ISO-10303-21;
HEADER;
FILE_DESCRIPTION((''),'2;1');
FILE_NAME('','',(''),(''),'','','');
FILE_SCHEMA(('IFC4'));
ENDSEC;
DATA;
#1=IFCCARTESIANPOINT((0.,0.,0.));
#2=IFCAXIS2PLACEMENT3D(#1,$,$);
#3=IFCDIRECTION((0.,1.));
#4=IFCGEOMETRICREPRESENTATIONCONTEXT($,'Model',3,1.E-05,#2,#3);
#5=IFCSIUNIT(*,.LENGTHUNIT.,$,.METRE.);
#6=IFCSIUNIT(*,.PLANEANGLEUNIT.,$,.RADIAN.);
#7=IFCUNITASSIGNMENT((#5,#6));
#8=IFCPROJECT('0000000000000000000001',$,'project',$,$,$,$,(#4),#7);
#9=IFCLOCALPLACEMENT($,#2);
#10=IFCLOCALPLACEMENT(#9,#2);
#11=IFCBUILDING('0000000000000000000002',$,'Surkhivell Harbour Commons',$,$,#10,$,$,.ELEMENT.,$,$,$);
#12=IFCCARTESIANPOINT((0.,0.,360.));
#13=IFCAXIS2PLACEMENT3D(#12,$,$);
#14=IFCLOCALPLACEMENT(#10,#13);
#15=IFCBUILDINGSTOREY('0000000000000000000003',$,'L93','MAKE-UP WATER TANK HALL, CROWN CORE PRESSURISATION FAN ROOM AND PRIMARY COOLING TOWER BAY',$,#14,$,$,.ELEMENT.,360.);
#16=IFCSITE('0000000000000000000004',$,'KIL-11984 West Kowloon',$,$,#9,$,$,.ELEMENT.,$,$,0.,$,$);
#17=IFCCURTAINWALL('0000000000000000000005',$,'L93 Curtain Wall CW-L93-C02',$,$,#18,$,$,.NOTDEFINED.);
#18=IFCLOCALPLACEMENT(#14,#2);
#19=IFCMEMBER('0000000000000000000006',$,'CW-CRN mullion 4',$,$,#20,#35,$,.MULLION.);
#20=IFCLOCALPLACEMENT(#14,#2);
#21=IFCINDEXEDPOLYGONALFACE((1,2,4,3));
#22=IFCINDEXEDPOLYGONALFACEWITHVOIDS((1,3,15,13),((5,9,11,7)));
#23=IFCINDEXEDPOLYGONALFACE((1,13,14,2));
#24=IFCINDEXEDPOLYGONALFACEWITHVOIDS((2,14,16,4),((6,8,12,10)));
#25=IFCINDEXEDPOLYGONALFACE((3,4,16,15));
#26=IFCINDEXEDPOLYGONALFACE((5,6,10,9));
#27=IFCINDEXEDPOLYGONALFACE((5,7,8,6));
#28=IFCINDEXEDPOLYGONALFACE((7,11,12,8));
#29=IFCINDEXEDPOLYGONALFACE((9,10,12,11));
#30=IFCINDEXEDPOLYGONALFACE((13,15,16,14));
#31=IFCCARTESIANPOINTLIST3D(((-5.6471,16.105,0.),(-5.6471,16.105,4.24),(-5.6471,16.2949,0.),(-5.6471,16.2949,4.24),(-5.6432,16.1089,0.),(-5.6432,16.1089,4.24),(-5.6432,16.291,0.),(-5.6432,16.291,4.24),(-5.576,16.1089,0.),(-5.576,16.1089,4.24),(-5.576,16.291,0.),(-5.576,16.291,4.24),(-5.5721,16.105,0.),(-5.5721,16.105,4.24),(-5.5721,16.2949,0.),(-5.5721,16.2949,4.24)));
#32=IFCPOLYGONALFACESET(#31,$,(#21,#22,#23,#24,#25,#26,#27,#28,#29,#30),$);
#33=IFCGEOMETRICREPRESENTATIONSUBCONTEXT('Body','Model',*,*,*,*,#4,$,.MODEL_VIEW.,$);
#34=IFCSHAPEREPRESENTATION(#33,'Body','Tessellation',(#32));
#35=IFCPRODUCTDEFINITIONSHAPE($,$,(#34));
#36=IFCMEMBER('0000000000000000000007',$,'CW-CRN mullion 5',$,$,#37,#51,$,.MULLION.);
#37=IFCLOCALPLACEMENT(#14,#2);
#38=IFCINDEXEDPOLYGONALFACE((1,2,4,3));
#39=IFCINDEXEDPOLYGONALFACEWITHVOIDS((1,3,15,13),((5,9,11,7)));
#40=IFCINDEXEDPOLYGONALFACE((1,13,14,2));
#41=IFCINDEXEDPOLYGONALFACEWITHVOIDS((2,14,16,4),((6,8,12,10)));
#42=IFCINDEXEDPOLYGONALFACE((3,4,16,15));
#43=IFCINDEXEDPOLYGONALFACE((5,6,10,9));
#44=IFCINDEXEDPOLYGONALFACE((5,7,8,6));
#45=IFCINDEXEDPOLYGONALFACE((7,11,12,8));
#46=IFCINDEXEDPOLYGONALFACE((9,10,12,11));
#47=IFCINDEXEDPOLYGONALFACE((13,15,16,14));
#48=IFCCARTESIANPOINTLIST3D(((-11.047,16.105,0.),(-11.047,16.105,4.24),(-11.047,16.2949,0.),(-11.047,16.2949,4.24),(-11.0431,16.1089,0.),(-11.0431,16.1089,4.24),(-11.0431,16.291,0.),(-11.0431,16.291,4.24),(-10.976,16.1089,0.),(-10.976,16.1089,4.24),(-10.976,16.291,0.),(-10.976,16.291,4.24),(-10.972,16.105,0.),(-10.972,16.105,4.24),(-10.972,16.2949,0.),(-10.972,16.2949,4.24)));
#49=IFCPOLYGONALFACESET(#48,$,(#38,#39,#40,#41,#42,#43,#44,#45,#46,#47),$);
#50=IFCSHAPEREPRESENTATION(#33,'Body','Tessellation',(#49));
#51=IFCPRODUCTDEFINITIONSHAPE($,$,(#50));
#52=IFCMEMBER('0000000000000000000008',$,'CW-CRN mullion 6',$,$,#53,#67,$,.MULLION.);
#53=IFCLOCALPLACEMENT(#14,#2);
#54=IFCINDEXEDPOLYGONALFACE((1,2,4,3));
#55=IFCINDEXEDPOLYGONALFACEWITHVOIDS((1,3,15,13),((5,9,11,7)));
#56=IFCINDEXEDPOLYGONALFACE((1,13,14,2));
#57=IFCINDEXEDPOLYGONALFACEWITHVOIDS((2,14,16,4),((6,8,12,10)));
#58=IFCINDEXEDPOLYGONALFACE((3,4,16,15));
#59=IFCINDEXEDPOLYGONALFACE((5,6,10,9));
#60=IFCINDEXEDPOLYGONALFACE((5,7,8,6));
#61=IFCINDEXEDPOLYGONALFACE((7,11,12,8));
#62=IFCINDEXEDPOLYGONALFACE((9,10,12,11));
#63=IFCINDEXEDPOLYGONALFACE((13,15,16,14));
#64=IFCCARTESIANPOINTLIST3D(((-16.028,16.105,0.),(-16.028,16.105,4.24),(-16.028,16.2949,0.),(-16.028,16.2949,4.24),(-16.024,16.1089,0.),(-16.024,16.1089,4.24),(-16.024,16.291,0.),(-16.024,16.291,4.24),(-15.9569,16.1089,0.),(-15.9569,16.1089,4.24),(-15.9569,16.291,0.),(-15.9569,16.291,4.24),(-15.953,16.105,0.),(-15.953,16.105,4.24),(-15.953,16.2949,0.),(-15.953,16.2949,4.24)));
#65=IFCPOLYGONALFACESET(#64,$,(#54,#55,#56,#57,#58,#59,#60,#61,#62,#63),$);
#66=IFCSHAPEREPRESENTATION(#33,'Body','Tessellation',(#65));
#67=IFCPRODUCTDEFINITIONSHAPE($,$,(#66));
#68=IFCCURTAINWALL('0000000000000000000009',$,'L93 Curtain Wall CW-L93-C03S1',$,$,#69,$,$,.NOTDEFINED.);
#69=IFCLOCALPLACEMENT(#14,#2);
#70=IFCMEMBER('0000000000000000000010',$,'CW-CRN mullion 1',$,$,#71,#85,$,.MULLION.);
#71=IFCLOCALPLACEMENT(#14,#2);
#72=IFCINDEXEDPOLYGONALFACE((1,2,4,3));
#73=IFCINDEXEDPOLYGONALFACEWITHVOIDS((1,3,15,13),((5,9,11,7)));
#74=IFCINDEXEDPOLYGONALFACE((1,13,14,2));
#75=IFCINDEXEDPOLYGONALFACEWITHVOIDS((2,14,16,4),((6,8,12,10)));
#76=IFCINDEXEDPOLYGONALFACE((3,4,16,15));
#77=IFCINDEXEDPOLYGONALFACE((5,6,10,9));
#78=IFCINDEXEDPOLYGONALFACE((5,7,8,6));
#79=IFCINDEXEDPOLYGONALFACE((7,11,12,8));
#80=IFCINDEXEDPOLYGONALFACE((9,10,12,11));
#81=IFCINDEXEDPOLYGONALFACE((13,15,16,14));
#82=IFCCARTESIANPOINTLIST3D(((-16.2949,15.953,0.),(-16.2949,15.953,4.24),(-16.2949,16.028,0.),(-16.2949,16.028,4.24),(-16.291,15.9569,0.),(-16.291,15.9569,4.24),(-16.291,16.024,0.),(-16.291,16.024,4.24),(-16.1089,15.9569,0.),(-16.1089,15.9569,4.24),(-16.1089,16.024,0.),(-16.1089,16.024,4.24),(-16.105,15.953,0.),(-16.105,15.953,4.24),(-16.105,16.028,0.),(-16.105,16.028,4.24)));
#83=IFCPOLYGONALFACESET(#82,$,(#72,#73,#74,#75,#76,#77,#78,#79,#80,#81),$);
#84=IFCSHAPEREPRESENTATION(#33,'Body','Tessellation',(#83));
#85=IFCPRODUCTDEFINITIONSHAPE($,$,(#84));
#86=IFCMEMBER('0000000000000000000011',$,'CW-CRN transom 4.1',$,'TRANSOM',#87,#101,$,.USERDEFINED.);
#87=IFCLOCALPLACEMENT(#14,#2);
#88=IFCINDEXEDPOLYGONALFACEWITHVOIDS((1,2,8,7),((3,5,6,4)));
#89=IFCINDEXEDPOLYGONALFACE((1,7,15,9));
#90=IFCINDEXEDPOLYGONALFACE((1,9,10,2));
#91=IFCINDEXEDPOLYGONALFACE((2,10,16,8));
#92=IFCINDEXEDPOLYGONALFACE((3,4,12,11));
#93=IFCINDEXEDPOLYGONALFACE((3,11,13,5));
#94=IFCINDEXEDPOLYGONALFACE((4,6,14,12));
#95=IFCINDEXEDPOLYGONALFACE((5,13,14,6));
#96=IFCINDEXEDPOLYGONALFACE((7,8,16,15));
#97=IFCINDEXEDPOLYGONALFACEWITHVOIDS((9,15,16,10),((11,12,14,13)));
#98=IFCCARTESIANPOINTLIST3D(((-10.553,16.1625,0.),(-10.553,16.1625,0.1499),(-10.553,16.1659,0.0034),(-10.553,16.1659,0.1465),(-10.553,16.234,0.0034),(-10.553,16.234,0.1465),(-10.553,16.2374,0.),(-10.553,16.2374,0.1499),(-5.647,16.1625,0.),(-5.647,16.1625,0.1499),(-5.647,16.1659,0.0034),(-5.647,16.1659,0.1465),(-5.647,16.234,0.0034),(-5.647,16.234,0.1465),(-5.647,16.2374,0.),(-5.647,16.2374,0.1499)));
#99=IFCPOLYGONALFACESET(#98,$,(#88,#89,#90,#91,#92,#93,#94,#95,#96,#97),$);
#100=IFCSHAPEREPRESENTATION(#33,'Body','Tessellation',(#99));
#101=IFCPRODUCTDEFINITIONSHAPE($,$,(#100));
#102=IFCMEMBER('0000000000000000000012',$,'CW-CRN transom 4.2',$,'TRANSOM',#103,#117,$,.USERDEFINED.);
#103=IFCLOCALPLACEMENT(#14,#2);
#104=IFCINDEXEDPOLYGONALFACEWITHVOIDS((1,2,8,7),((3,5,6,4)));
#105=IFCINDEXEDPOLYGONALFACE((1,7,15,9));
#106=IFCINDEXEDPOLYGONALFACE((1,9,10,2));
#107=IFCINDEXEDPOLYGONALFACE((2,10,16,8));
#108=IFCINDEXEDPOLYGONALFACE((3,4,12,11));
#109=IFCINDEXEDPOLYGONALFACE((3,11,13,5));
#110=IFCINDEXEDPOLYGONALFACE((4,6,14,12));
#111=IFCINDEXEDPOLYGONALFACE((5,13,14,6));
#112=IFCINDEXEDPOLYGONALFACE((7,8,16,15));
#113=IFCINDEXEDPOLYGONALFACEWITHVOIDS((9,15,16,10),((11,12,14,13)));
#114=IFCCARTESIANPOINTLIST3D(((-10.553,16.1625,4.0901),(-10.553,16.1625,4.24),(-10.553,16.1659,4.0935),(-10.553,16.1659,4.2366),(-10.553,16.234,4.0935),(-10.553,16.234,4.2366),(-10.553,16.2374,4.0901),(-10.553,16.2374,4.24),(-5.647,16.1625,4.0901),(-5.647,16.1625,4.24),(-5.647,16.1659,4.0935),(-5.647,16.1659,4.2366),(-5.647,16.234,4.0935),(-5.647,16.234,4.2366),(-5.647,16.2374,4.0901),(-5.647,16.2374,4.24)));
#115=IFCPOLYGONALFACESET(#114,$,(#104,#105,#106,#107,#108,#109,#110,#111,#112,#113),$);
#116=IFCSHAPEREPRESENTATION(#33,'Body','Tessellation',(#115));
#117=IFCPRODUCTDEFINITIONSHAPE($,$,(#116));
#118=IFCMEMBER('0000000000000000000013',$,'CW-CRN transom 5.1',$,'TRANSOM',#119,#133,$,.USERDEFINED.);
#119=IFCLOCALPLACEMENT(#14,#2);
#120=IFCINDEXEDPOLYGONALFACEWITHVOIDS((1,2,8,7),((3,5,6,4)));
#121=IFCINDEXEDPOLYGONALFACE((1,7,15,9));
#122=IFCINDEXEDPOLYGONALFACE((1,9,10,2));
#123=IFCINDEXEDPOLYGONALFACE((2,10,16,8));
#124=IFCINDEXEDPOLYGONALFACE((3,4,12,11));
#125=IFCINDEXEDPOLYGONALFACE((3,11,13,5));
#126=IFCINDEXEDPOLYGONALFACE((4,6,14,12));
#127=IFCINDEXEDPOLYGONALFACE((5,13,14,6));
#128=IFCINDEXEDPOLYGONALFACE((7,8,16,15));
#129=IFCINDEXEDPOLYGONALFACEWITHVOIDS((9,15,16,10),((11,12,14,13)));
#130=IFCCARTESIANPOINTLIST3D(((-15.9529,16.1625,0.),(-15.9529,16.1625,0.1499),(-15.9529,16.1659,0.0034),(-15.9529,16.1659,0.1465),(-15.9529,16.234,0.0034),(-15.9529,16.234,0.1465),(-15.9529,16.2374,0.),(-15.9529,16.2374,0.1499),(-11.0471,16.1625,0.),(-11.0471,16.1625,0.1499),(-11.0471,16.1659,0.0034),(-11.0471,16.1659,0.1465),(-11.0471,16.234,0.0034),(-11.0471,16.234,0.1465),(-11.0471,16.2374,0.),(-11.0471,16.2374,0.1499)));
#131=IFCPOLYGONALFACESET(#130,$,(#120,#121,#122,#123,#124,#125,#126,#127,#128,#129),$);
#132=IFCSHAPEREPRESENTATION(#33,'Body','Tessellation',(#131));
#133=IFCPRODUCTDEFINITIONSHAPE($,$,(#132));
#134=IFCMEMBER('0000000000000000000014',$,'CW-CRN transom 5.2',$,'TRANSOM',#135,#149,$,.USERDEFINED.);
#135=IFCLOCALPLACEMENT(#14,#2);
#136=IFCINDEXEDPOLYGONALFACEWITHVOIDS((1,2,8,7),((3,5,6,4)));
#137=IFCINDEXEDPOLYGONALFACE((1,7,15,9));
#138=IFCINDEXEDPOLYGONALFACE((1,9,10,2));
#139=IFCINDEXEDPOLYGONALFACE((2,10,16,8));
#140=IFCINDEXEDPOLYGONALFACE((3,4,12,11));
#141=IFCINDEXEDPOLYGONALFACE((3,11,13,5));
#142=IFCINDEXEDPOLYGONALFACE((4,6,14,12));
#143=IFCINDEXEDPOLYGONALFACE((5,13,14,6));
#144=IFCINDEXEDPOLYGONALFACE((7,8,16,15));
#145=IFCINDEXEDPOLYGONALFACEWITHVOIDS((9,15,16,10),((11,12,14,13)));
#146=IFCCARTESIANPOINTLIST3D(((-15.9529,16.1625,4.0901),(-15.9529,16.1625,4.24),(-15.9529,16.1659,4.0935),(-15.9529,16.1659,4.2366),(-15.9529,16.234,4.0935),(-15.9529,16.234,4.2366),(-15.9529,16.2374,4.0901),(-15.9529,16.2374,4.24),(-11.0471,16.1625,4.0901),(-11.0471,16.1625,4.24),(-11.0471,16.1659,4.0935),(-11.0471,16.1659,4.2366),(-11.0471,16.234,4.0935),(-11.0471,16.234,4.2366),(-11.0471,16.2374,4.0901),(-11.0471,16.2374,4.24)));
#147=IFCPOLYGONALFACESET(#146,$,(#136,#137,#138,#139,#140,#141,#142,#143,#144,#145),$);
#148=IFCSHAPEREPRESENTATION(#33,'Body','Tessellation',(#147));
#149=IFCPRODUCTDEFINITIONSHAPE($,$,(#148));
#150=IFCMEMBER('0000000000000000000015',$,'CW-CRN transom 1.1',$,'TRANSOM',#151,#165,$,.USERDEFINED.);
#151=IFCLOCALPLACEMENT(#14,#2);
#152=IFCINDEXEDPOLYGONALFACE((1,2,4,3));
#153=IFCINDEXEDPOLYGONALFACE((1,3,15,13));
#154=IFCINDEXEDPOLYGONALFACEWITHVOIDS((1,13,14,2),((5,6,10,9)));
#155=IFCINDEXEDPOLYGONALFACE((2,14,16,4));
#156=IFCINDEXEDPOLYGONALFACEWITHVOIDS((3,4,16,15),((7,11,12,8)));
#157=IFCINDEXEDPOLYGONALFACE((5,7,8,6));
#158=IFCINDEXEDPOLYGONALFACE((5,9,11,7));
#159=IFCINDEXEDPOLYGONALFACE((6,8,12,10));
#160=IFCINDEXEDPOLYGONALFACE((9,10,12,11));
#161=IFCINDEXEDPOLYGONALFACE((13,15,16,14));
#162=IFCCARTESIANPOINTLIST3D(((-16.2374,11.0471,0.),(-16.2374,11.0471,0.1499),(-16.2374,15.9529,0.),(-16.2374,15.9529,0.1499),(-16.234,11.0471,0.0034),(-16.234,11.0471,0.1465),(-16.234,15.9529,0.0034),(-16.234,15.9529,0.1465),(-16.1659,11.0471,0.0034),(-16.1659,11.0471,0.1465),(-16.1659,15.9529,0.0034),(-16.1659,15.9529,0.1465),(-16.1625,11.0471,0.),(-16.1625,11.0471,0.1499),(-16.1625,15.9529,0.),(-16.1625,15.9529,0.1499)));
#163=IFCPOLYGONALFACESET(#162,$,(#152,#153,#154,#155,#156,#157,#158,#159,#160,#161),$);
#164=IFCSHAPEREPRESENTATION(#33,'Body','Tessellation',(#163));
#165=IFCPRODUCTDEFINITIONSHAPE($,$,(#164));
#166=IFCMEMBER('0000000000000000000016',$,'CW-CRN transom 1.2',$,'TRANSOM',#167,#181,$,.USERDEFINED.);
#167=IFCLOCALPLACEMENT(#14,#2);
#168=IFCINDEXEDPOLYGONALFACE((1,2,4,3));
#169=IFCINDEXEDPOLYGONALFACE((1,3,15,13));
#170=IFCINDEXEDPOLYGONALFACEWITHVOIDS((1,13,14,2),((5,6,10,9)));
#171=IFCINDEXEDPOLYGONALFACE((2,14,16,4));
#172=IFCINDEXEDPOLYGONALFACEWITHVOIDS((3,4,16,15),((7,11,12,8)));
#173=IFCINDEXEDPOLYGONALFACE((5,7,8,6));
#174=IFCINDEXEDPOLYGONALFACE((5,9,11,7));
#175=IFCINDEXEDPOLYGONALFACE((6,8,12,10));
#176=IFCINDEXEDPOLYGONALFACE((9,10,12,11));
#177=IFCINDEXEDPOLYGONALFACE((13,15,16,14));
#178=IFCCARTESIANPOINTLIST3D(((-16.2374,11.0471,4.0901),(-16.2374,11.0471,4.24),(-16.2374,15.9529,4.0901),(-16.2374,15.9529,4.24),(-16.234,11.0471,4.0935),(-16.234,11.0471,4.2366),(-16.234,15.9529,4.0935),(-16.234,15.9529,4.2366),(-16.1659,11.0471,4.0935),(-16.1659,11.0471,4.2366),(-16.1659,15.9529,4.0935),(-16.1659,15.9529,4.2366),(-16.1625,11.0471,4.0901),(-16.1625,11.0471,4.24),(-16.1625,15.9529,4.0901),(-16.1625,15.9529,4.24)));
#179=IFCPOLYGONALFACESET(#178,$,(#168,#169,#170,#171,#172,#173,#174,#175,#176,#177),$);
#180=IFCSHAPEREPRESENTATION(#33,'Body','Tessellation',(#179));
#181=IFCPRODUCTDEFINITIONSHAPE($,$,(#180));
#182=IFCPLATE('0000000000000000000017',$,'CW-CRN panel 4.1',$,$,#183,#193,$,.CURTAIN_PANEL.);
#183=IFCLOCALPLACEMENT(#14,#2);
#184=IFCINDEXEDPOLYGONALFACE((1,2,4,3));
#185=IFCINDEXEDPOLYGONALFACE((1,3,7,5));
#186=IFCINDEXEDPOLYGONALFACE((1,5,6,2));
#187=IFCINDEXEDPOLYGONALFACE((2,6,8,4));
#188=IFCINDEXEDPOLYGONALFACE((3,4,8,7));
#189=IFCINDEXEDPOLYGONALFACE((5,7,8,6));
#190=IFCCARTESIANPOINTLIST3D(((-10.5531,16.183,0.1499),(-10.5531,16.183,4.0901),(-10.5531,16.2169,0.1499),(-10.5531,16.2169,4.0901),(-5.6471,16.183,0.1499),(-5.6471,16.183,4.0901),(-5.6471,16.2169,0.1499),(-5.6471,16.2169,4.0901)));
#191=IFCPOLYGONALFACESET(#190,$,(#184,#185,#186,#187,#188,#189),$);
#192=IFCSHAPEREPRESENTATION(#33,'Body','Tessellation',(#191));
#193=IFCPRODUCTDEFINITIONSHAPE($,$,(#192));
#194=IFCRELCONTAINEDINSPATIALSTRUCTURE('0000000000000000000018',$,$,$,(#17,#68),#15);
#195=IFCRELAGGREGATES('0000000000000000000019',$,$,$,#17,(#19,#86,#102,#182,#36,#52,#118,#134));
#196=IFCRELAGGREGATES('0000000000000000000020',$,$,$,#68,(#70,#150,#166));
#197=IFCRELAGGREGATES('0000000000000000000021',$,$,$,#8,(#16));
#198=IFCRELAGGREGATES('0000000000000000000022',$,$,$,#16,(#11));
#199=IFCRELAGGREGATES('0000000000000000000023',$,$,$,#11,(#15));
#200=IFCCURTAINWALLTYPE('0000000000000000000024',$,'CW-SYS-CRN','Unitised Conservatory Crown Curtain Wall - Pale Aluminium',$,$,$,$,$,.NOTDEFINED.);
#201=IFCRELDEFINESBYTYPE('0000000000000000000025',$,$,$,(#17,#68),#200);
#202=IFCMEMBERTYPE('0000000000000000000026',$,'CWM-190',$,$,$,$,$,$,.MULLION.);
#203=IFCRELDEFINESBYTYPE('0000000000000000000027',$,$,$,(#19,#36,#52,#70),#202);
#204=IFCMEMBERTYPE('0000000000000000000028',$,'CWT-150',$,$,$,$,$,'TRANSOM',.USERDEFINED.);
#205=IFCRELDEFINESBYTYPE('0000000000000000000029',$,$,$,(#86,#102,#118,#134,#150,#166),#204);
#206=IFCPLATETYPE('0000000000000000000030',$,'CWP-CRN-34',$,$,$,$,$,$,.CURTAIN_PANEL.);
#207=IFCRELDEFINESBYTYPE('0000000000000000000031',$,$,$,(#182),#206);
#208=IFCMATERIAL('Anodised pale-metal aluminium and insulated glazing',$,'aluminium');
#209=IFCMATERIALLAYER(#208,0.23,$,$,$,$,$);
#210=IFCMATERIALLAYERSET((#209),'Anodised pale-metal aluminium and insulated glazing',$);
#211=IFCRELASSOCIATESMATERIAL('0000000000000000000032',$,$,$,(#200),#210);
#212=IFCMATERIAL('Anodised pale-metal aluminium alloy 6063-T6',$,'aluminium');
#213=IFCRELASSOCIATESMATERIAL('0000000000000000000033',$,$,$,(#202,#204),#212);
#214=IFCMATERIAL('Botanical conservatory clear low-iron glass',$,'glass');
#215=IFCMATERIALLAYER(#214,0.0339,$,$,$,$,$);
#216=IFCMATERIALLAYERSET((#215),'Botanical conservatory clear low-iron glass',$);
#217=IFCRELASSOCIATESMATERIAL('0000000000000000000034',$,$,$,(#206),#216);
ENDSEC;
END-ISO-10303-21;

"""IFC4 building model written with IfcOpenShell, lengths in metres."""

from ifc_helpers import new_model, si_unit, direction, frame, frame_2d, origin, origin_2d, place, context, subcontext, project, spatial, rectangle, hollow_rectangle, extrude, material, layer, layer_set, material_profile, profile_set, type_object, element, aggregate, save


model = new_model("IFC4")

# Units and contexts
model_context = context("Model", 3, precision=1e-05, world=origin(), true_north=direction((0.0, 1.0)))
body_context = subcontext(model_context, "Body", "Model", "MODEL_VIEW")
ifc_project = project(units=[si_unit("LENGTHUNIT", "METRE"), si_unit("PLANEANGLEUNIT", "RADIAN")], contexts=[model_context])

# Site, building, storey
site_placement = place(None, origin())
site = spatial("IfcSite", under=ifc_project, at=site_placement, Name="KIL-11984 West Kowloon", CompositionType="ELEMENT", RefElevation=0.0)
building_placement = place(site_placement, origin())
building = spatial("IfcBuilding", under=site, at=building_placement, Name="Surkhivell Harbour Commons", CompositionType="ELEMENT")
storey_placement = place(building_placement, frame((0.0, 0.0, 360.0)))
storey = spatial("IfcBuildingStorey", under=building, at=storey_placement, Name="L93", Description="MAKE-UP WATER TANK HALL, CROWN CORE PRESSURISATION FAN ROOM AND PRIMARY COOLING TOWER BAY", CompositionType="ELEMENT", Elevation=360.0)

# Curtain wall, members
ifc_material_1 = material(Name="Anodised pale-metal aluminium and insulated glazing", Category="aluminium")
ifc_layer_1 = layer(ifc_material_1, 0.23)
ifc_layer_set_1 = layer_set([ifc_layer_1], Name="Anodised pale-metal aluminium and insulated glazing")
curtain_wall_type = type_object("IfcCurtainWallType", Name="CW-SYS-CRN", Description="Unitised Conservatory Crown Curtain Wall - Pale Aluminium", PredefinedType="NOTDEFINED", material=ifc_layer_set_1)
curtain_wall_1_placement = place(storey_placement, origin())
curtain_wall_1 = element("IfcCurtainWall", 1, at=curtain_wall_1_placement, inside=storey, type_object=curtain_wall_type, Name="L93 Curtain Wall CW-L93-C02", PredefinedType="NOTDEFINED")
ifc_material_2 = material(Name="Anodised pale-metal aluminium alloy 6063-T6", Category="aluminium")
ifc_material_profile_1 = material_profile(ifc_material_2, hollow_rectangle(XDim=0.075, YDim=0.1899, WallThickness=0.0039, at=origin_2d()), Name="ALU-MULL-75x190")
ifc_profile_set_1 = profile_set([ifc_material_profile_1], Name="Anodised pale-metal aluminium alloy 6063-T6")
member_type_1 = type_object("IfcMemberType", Name="CWM-190", PredefinedType="MULLION", material=ifc_profile_set_1)
member_1_placement = place(storey_placement, frame((-5.6096, 16.2, 0.0), z_axis=(0.0, 0.0, 1.0), x_axis=(-1.0, 0.0, 0.0)))
member_1 = element("IfcMember", 2, at=member_1_placement, type_object=member_type_1, Name="CW-CRN mullion 4", PredefinedType="MULLION", context=body_context, shape_type="SweptSolid", body=[
    extrude(hollow_rectangle(XDim=0.075, YDim=0.1899, WallThickness=0.0039, at=origin_2d()), origin(), (0.0, 0.0, 1.0), 4.24),
])
member_2_placement = place(storey_placement, frame((-11.0095, 16.2, 0.0), z_axis=(0.0, 0.0, 1.0), x_axis=(-1.0, 0.0, 0.0)))
member_2 = element("IfcMember", 3, at=member_2_placement, type_object=member_type_1, Name="CW-CRN mullion 5", PredefinedType="MULLION", context=body_context, shape_type="SweptSolid", body=[
    extrude(hollow_rectangle(XDim=0.075, YDim=0.1899, WallThickness=0.0039, at=origin_2d()), origin(), (0.0, 0.0, 1.0), 4.24),
])
member_3_placement = place(storey_placement, frame((-15.9905, 16.2, 0.0), z_axis=(0.0, 0.0, 1.0), x_axis=(-1.0, 0.0, 0.0)))
member_3 = element("IfcMember", 4, at=member_3_placement, type_object=member_type_1, Name="CW-CRN mullion 6", PredefinedType="MULLION", context=body_context, shape_type="SweptSolid", body=[
    extrude(hollow_rectangle(XDim=0.075, YDim=0.1899, WallThickness=0.0039, at=origin_2d()), origin(), (0.0, 0.0, 1.0), 4.24),
])

# Curtain wall, member
curtain_wall_2_placement = place(storey_placement, origin())
curtain_wall_2 = element("IfcCurtainWall", 5, at=curtain_wall_2_placement, inside=storey, type_object=curtain_wall_type, Name="L93 Curtain Wall CW-L93-C03S1", PredefinedType="NOTDEFINED")
member_4_placement = place(storey_placement, frame((-16.2, 15.9905, 0.0), z_axis=(0.0, 0.0, 1.0), x_axis=(0.0, -1.0, 0.0)))
member_4 = element("IfcMember", 6, at=member_4_placement, type_object=member_type_1, Name="CW-CRN mullion 1", PredefinedType="MULLION", context=body_context, shape_type="SweptSolid", body=[
    extrude(hollow_rectangle(XDim=0.075, YDim=0.1899, WallThickness=0.0039, at=origin_2d()), origin(), (0.0, 0.0, 1.0), 4.24),
])

# Members
ifc_material_profile_2 = material_profile(ifc_material_2, hollow_rectangle(XDim=0.075, YDim=0.1499, WallThickness=0.0034, at=origin_2d()), Name="ALU-TRAN-75x150")
ifc_profile_set_2 = profile_set([ifc_material_profile_2], Name="Anodised pale-metal aluminium alloy 6063-T6")
member_type_2 = type_object("IfcMemberType", Name="CWT-150", ElementType="TRANSOM", PredefinedType="USERDEFINED", material=ifc_profile_set_2)
member_5_placement = place(storey_placement, frame((-5.647, 16.2, 0.075), z_axis=(-1.0, 0.0, 0.0), x_axis=(0.0, -1.0, 0.0)))
member_5 = element("IfcMember", 7, at=member_5_placement, type_object=member_type_2, Name="CW-CRN transom 4.1", ObjectType="TRANSOM", PredefinedType="USERDEFINED", context=body_context, shape_type="SweptSolid", body=[
    extrude(hollow_rectangle(XDim=0.075, YDim=0.1499, WallThickness=0.0034, at=origin_2d()), origin(), (0.0, 0.0, 1.0), 4.906),
])
member_6_placement = place(storey_placement, frame((-5.647, 16.2, 4.165), z_axis=(-1.0, 0.0, 0.0), x_axis=(0.0, -1.0, 0.0)))
member_6 = element("IfcMember", 8, at=member_6_placement, type_object=member_type_2, Name="CW-CRN transom 4.2", ObjectType="TRANSOM", PredefinedType="USERDEFINED", context=body_context, shape_type="SweptSolid", body=[
    extrude(hollow_rectangle(XDim=0.075, YDim=0.1499, WallThickness=0.0034, at=origin_2d()), origin(), (0.0, 0.0, 1.0), 4.906),
])
member_7_placement = place(storey_placement, frame((-11.0471, 16.2, 0.075), z_axis=(-1.0, 0.0, 0.0), x_axis=(0.0, -1.0, 0.0)))
member_7 = element("IfcMember", 9, at=member_7_placement, type_object=member_type_2, Name="CW-CRN transom 5.1", ObjectType="TRANSOM", PredefinedType="USERDEFINED", context=body_context, shape_type="SweptSolid", body=[
    extrude(hollow_rectangle(XDim=0.075, YDim=0.1499, WallThickness=0.0034, at=origin_2d()), origin(), (0.0, 0.0, 1.0), 4.9058),
])
member_8_placement = place(storey_placement, frame((-11.0471, 16.2, 4.165), z_axis=(-1.0, 0.0, 0.0), x_axis=(0.0, -1.0, 0.0)))
member_8 = element("IfcMember", 10, at=member_8_placement, type_object=member_type_2, Name="CW-CRN transom 5.2", ObjectType="TRANSOM", PredefinedType="USERDEFINED", context=body_context, shape_type="SweptSolid", body=[
    extrude(hollow_rectangle(XDim=0.075, YDim=0.1499, WallThickness=0.0034, at=origin_2d()), origin(), (0.0, 0.0, 1.0), 4.9058),
])
member_9_placement = place(storey_placement, frame((-16.2, 15.9529, 0.075), z_axis=(0.0, -1.0, 0.0), x_axis=(1.0, 0.0, 0.0)))
member_9 = element("IfcMember", 11, at=member_9_placement, type_object=member_type_2, Name="CW-CRN transom 1.1", ObjectType="TRANSOM", PredefinedType="USERDEFINED", context=body_context, shape_type="SweptSolid", body=[
    extrude(hollow_rectangle(XDim=0.075, YDim=0.1499, WallThickness=0.0034, at=origin_2d()), origin(), (0.0, 0.0, 1.0), 4.9058),
])
member_10_placement = place(storey_placement, frame((-16.2, 15.9529, 4.165), z_axis=(0.0, -1.0, 0.0), x_axis=(1.0, 0.0, 0.0)))
member_10 = element("IfcMember", 12, at=member_10_placement, type_object=member_type_2, Name="CW-CRN transom 1.2", ObjectType="TRANSOM", PredefinedType="USERDEFINED", context=body_context, shape_type="SweptSolid", body=[
    extrude(hollow_rectangle(XDim=0.075, YDim=0.1499, WallThickness=0.0034, at=origin_2d()), origin(), (0.0, 0.0, 1.0), 4.9058),
])

# Plate
ifc_material_3 = material(Name="Botanical conservatory clear low-iron glass", Category="glass")
ifc_layer_2 = layer(ifc_material_3, 0.0339)
ifc_layer_set_2 = layer_set([ifc_layer_2], Name="Botanical conservatory clear low-iron glass")
plate_type = type_object("IfcPlateType", Name="CWP-CRN-34", PredefinedType="CURTAIN_PANEL", material=ifc_layer_set_2)
plate_1_placement = place(storey_placement, frame((-5.647, 16.2, 0.1499), z_axis=(0.0, 0.0, 1.0), x_axis=(-1.0, 0.0, 0.0)))
plate_1 = element("IfcPlate", 13, at=plate_1_placement, type_object=plate_type, Name="CW-CRN panel 4.1", PredefinedType="CURTAIN_PANEL", context=body_context, shape_type="SweptSolid", body=[
    extrude(rectangle(XDim=4.906, YDim=0.0339, at=frame_2d((2.4531, 0.0))), origin(), (0.0, 0.0, 1.0), 3.9402),
])
aggregate(curtain_wall_1, [member_1, member_5, member_6, plate_1, member_2, member_3, member_7, member_8])
aggregate(curtain_wall_2, [member_4, member_9, member_10])

save(model, "model.ifc")
